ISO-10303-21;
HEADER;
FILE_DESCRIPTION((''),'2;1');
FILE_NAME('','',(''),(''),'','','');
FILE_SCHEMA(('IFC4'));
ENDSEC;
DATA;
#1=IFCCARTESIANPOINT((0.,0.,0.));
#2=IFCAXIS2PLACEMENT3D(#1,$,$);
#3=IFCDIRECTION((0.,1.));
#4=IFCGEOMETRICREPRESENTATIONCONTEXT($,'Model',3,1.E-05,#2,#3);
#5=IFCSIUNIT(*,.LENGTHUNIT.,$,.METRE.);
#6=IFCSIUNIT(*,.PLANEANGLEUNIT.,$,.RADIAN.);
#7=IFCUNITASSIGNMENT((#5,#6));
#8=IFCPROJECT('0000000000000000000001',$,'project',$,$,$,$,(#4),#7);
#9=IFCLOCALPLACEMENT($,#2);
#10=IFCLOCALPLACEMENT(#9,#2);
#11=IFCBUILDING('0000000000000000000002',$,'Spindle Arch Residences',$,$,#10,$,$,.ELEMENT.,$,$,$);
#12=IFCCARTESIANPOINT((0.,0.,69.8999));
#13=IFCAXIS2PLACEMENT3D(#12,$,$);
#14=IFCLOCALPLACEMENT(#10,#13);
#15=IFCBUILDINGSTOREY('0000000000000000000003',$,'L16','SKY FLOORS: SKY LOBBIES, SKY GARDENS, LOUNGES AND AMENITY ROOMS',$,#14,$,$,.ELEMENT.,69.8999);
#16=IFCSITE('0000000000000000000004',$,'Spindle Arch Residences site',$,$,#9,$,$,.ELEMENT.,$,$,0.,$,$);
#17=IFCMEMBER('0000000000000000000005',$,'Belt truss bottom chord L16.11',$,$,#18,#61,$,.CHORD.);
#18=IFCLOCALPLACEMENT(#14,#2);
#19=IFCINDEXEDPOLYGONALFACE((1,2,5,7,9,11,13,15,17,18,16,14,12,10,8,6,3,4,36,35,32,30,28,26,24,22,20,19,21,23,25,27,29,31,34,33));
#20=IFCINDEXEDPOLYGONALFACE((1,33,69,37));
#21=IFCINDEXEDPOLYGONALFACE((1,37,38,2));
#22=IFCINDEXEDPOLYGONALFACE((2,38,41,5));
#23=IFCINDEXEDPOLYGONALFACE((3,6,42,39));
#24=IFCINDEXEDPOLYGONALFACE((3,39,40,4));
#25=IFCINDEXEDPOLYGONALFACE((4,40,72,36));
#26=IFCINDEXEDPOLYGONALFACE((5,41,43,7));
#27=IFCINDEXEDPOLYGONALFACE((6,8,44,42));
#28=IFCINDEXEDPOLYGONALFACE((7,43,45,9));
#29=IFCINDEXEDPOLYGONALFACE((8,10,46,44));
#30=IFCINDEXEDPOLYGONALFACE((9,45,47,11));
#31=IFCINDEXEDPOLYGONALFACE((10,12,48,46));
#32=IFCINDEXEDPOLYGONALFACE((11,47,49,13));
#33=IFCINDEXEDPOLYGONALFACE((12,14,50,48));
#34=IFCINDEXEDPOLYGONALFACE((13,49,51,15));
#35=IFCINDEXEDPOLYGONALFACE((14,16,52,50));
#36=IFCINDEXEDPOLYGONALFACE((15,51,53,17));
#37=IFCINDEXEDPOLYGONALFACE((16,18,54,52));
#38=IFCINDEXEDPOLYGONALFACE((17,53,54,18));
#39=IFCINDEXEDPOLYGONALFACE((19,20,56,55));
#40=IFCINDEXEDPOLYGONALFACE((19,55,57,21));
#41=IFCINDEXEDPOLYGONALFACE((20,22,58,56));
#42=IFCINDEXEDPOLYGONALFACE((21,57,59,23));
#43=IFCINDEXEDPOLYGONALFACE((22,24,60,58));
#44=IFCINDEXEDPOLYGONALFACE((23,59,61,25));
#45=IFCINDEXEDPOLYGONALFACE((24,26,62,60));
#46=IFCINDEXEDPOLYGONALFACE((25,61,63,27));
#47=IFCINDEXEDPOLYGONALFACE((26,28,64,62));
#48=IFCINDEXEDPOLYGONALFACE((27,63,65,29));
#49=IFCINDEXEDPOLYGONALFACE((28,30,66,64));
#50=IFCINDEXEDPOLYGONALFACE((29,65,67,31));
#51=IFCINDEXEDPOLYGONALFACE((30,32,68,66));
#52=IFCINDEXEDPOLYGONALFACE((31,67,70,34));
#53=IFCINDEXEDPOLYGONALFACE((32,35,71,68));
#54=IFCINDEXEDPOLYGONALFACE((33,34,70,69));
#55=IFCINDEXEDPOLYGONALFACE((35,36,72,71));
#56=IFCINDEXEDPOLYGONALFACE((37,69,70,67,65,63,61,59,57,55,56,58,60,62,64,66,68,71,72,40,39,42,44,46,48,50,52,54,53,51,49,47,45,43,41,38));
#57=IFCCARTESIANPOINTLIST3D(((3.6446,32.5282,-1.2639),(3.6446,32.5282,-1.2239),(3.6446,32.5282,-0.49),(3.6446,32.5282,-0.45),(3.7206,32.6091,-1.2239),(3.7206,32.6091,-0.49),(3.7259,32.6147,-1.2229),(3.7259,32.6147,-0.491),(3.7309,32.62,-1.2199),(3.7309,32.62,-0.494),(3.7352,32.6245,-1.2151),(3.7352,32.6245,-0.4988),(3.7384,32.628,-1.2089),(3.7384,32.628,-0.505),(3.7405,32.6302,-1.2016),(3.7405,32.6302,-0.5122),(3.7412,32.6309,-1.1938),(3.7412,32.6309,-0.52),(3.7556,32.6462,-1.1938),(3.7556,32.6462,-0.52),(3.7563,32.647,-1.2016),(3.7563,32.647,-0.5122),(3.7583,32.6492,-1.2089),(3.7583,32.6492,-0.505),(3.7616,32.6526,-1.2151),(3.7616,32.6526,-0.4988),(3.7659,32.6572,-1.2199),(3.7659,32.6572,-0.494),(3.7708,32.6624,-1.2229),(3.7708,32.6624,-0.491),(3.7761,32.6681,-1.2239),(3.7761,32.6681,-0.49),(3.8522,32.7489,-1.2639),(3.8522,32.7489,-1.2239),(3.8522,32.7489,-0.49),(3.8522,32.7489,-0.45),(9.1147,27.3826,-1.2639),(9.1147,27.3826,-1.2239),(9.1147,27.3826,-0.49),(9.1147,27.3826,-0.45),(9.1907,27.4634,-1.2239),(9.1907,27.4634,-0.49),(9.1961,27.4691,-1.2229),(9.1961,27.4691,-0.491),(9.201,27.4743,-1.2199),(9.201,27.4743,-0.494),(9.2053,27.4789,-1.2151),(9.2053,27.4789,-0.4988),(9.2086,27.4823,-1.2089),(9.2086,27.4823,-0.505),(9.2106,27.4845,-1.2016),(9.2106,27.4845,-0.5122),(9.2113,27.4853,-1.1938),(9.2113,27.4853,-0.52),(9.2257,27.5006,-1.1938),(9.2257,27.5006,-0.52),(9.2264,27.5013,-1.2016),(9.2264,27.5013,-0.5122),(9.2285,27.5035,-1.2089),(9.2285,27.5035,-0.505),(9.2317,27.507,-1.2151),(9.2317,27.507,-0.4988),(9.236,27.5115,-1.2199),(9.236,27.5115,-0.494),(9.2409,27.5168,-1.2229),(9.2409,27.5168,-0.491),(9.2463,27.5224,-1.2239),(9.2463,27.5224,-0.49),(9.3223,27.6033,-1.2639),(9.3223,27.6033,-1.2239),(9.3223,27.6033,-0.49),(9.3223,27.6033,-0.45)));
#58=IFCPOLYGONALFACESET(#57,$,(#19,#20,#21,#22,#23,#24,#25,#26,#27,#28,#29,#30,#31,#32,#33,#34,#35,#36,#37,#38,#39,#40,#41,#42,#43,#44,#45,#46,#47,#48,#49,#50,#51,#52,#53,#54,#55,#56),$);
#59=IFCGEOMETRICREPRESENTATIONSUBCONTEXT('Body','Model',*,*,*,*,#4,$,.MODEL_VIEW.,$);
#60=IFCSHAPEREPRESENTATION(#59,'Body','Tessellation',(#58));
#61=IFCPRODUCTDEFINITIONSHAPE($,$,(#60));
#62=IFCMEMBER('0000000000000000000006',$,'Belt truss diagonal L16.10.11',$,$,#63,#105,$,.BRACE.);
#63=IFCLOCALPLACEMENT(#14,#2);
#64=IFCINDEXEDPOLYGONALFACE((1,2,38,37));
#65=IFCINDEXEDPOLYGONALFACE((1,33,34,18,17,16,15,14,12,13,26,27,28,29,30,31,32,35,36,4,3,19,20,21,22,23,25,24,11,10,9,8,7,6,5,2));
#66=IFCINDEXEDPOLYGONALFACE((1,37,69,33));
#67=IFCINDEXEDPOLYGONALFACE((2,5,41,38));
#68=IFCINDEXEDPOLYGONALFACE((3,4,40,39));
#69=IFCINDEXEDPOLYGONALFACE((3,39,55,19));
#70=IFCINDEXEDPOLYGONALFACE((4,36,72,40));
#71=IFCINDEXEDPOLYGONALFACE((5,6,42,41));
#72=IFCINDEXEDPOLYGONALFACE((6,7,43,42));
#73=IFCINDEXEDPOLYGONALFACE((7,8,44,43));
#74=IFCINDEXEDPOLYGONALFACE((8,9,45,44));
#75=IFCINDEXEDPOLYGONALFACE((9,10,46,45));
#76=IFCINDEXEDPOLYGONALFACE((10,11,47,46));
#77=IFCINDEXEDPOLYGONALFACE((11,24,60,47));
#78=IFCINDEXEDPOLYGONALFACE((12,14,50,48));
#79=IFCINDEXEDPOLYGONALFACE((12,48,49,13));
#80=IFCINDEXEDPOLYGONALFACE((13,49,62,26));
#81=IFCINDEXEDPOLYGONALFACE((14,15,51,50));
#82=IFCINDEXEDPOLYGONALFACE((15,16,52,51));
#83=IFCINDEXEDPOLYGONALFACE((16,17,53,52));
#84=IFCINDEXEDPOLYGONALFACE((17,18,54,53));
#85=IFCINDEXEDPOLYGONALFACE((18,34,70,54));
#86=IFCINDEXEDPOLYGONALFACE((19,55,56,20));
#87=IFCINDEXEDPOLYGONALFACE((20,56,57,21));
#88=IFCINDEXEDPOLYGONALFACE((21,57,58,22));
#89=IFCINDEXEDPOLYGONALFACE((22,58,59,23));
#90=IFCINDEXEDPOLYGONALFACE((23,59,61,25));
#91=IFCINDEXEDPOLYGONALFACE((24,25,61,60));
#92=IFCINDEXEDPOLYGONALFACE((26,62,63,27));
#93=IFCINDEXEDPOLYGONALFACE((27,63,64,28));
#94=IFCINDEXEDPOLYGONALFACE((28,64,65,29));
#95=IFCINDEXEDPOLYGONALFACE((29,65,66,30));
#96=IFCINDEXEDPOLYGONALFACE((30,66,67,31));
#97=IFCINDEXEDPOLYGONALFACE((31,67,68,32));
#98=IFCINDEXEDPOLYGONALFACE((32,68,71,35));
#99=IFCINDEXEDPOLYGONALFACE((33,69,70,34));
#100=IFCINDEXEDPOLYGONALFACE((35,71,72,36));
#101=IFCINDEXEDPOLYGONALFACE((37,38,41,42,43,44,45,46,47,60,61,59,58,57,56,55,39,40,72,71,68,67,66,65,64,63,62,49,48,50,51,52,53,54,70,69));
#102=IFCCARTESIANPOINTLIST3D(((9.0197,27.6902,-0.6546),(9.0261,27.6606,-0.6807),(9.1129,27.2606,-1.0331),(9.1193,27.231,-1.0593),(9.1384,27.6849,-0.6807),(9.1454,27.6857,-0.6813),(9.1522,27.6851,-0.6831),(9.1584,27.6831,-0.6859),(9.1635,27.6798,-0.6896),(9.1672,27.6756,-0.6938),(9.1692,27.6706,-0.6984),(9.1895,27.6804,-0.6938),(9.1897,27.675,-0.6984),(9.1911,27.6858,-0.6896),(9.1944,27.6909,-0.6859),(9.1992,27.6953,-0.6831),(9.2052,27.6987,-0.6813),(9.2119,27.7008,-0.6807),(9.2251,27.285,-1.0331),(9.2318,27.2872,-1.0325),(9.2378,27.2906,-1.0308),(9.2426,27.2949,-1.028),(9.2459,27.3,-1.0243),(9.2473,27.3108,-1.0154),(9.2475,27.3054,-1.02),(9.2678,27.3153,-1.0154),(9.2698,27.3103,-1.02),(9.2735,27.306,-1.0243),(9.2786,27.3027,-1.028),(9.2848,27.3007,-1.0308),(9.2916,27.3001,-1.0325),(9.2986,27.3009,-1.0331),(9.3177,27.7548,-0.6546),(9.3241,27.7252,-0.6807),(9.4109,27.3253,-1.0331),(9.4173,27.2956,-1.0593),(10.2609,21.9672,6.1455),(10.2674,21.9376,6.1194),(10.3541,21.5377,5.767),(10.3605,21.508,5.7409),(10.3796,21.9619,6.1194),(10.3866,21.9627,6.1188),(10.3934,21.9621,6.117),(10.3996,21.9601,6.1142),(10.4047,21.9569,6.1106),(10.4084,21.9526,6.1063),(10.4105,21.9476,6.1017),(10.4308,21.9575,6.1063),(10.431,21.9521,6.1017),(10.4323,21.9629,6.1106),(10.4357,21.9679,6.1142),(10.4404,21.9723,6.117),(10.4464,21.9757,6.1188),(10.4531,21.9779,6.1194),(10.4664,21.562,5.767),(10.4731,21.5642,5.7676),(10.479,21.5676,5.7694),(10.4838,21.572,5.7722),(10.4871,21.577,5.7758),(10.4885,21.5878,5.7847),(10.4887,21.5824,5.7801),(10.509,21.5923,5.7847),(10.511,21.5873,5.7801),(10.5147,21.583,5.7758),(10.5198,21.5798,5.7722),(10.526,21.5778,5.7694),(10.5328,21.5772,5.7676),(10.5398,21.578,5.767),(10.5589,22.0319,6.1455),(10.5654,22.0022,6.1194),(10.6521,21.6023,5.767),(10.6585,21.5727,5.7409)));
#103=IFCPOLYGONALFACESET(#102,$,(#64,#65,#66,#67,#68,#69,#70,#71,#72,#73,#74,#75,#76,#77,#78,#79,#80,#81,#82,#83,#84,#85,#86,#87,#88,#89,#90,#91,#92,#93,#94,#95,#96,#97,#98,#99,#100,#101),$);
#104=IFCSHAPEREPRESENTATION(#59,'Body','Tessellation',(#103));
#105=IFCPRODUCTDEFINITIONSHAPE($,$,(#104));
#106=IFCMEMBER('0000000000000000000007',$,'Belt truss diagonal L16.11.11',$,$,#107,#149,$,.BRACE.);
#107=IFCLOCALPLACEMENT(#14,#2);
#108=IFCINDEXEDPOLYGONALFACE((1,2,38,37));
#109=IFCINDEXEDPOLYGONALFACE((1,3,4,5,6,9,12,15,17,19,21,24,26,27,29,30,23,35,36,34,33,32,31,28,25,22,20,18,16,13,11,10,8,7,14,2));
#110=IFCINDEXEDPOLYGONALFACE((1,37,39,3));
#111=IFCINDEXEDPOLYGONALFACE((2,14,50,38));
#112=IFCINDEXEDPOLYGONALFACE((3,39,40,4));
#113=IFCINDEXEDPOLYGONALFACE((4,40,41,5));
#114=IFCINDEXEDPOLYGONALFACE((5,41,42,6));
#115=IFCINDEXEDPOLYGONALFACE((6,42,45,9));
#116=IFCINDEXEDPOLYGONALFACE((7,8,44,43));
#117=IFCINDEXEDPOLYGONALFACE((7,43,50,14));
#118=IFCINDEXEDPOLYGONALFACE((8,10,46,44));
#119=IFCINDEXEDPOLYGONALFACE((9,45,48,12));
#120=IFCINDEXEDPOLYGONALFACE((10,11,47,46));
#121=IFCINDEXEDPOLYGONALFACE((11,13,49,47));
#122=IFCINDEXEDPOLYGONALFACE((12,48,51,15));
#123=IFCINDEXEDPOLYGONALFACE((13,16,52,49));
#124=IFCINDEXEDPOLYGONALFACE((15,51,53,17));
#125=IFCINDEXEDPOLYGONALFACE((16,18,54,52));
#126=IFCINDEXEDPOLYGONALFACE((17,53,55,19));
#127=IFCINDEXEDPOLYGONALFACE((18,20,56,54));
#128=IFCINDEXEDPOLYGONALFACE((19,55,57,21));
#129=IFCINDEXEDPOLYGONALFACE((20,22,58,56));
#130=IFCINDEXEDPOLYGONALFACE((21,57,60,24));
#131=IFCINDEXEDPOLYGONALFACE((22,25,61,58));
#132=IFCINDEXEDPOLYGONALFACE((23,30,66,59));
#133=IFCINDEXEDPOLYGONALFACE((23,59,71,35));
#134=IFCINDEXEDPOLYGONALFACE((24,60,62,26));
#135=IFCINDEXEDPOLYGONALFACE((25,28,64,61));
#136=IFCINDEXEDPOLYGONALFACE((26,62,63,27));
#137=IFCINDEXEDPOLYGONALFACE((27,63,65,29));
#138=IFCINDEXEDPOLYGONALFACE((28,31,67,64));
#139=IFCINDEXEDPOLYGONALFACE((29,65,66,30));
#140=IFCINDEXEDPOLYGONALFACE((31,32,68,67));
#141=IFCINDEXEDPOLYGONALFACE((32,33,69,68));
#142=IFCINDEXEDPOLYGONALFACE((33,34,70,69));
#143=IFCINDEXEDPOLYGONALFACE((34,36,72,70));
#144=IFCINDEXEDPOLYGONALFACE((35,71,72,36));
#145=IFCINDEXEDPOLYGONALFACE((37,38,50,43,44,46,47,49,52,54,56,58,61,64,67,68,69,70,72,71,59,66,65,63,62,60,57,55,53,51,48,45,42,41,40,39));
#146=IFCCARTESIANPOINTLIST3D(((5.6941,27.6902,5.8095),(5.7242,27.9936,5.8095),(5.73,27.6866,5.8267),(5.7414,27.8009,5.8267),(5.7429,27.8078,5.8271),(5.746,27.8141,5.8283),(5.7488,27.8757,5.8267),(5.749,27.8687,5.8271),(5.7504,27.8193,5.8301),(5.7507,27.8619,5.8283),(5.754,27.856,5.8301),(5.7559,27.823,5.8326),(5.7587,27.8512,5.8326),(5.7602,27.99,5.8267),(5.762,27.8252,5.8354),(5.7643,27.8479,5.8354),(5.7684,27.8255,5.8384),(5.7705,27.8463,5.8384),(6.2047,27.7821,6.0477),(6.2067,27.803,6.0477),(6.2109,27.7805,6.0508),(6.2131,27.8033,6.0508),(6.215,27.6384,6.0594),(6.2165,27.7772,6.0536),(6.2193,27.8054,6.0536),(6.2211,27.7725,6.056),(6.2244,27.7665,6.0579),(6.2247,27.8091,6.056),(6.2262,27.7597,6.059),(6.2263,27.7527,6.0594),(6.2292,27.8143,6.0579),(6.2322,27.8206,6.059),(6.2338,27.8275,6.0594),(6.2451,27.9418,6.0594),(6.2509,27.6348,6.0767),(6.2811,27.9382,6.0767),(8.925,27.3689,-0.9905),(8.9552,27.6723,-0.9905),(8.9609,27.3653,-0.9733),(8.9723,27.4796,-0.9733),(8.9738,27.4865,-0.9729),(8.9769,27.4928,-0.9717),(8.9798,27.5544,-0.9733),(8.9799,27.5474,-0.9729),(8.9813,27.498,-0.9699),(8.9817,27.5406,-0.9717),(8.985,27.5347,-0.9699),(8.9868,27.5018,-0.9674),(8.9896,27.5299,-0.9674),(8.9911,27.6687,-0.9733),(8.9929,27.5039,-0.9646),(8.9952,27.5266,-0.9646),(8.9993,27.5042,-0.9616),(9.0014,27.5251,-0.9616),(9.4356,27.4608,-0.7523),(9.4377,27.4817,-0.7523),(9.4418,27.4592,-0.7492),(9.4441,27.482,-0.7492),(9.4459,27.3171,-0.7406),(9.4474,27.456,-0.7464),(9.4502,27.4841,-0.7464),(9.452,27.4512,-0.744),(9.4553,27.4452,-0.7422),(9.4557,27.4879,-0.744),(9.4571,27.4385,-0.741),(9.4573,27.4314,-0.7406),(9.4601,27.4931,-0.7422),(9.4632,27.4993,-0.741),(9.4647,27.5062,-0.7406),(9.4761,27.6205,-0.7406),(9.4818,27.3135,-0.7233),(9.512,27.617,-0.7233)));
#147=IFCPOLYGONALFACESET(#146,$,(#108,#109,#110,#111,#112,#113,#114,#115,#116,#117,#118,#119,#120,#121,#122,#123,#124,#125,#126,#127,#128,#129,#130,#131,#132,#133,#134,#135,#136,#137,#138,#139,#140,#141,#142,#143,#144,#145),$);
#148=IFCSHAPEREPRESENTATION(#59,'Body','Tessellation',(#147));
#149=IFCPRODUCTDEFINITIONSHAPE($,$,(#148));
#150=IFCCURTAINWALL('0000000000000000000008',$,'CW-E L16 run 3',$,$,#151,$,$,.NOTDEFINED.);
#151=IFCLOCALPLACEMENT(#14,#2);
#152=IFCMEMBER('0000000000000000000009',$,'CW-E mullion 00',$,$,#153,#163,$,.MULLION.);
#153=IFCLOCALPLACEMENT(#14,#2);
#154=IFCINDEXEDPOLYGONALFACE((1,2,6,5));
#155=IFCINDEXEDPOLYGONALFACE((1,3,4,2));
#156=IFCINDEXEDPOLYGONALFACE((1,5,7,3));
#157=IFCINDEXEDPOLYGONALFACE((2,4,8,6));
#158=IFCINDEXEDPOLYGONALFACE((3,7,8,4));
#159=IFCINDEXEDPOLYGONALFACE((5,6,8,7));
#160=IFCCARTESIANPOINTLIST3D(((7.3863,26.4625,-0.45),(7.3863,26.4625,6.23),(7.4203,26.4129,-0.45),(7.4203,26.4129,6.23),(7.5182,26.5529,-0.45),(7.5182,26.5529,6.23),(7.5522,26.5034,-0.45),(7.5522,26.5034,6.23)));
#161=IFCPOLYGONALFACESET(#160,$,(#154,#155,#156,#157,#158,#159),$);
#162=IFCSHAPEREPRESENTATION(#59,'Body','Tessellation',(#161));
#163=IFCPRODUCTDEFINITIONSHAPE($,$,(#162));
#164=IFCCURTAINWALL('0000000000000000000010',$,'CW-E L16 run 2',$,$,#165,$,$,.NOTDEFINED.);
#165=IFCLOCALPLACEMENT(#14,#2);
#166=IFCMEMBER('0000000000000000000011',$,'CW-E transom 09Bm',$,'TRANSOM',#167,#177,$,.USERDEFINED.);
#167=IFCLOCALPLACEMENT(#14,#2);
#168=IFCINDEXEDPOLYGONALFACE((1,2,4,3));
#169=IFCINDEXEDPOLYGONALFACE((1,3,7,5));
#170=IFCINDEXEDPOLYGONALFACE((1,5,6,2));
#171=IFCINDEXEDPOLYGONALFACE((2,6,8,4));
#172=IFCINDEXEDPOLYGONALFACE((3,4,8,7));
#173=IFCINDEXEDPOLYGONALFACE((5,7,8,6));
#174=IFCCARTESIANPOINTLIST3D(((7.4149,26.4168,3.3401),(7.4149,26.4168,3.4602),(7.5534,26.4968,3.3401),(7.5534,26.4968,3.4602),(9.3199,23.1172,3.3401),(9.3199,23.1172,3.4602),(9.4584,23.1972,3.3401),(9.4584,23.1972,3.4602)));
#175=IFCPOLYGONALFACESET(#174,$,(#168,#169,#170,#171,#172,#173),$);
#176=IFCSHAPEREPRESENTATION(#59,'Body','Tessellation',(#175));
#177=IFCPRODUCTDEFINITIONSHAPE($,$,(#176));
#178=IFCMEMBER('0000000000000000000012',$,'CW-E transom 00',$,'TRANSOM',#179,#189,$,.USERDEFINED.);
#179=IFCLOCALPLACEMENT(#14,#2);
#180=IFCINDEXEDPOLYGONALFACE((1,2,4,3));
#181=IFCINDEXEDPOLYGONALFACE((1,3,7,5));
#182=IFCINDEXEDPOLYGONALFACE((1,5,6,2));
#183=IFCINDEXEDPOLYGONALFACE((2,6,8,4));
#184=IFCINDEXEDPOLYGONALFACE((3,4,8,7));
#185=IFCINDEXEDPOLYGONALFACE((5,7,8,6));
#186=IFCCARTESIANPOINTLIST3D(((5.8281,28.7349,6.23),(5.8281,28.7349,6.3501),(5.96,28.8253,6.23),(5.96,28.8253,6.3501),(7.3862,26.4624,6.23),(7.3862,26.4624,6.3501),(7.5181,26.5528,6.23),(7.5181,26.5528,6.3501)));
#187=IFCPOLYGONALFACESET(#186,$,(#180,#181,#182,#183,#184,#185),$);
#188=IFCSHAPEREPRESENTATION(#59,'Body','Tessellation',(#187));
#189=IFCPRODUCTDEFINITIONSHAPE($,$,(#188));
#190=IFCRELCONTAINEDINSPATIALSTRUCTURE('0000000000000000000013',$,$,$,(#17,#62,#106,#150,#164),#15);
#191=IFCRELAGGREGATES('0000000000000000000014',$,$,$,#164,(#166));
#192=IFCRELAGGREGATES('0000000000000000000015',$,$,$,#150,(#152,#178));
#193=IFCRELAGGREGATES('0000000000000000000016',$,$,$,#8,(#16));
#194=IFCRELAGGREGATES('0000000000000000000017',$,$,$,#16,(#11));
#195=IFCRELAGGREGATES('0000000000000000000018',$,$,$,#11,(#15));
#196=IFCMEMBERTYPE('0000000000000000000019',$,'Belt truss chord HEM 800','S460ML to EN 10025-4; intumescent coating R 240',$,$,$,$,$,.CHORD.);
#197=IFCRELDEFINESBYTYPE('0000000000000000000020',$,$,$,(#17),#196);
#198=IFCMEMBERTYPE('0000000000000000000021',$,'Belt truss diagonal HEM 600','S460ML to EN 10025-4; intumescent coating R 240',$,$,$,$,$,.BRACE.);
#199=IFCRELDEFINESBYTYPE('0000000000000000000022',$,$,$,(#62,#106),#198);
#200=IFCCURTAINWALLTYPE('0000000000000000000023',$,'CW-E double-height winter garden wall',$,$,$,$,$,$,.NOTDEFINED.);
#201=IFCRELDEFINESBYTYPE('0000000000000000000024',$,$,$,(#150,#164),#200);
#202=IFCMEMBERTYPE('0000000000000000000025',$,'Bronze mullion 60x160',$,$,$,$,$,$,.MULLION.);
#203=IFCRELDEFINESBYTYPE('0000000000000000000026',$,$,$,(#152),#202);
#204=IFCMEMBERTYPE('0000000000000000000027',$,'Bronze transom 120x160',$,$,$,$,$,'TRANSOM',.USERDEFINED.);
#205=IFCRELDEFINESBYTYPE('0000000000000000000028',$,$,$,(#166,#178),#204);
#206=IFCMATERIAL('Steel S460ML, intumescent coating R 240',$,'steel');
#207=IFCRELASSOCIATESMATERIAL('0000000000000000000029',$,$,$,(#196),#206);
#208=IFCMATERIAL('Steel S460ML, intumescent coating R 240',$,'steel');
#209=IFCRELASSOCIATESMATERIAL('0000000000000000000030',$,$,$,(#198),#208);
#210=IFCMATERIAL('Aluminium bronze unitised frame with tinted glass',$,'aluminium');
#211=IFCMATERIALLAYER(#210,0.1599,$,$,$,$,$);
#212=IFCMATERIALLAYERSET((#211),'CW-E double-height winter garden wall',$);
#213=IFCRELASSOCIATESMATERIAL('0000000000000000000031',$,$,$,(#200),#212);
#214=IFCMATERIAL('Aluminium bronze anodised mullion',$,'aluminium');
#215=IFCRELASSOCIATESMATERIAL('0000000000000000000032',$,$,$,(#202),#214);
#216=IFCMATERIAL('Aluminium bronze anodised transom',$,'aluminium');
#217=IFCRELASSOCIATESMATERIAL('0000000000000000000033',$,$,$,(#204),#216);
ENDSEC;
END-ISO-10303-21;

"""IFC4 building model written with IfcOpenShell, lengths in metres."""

from ifc_helpers import new_model, si_unit, direction, frame, origin, origin_2d, place, context, subcontext, project, spatial, rectangle, i_section, extrude, material, layer, layer_set, material_profile, profile_set, type_object, element, aggregate, save


model = new_model("IFC4")

# Units and contexts
model_context = context("Model", 3, precision=1e-05, world=origin(), true_north=direction((0.0, 1.0)))
body_context = subcontext(model_context, "Body", "Model", "MODEL_VIEW")
ifc_project = project(units=[si_unit("LENGTHUNIT", "METRE"), si_unit("PLANEANGLEUNIT", "RADIAN")], contexts=[model_context])

# Site, building, storey
site_placement = place(None, origin())
site = spatial("IfcSite", under=ifc_project, at=site_placement, Name="Spindle Arch Residences site", CompositionType="ELEMENT", RefElevation=0.0)
building_placement = place(site_placement, origin())
building = spatial("IfcBuilding", under=site, at=building_placement, Name="Spindle Arch Residences", CompositionType="ELEMENT")
storey_placement = place(building_placement, frame((0.0, 0.0, 69.8999)))
storey = spatial("IfcBuildingStorey", under=building, at=storey_placement, Name="L16", Description="SKY FLOORS: SKY LOBBIES, SKY GARDENS, LOUNGES AND AMENITY ROOMS", CompositionType="ELEMENT", Elevation=69.8999)

# Members
ifc_material_1 = material(Name="Steel S460ML, intumescent coating R 240", Category="steel")
ifc_material_profile_1 = material_profile(ifc_material_1, i_section(OverallWidth=0.303, OverallDepth=0.814, WebThickness=0.021, FlangeThickness=0.04, FilletRadius=0.03, at=origin_2d()), Name="HEM 800")
ifc_profile_set_1 = profile_set([ifc_material_profile_1], Name="Steel S460ML, intumescent coating R 240")
member_type_1 = type_object("IfcMemberType", Name="Belt truss chord HEM 800", Description="S460ML to EN 10025-4; intumescent coating R 240", PredefinedType="CHORD", material=ifc_profile_set_1)
member_1_placement = place(storey_placement, frame((9.2185, 27.4929, -0.8569), z_axis=(-0.728378, 0.685175, 0.0), x_axis=(-0.685175, -0.728378, 0.0)))
element("IfcMember", 1, at=member_1_placement, inside=storey, type_object=member_type_1, Name="Belt truss bottom chord L16.11", PredefinedType="CHORD", context=body_context, shape_type="SweptSolid", body=[
    extrude(i_section(OverallWidth=0.303, OverallDepth=0.814, WebThickness=0.021, FlangeThickness=0.04, FilletRadius=0.03, at=origin_2d()), origin(), (0.0, 0.0, 1.0), 7.51),
])
ifc_material_2 = material(Name="Steel S460ML, intumescent coating R 240", Category="steel")
ifc_material_profile_2 = material_profile(ifc_material_2, i_section(OverallWidth=0.3049, OverallDepth=0.6201, WebThickness=0.021, FlangeThickness=0.04, FilletRadius=0.0271, at=origin_2d()), Name="HEM 600")
ifc_profile_set_2 = profile_set([ifc_material_profile_2], Name="Steel S460ML, intumescent coating R 240")
member_type_2 = type_object("IfcMemberType", Name="Belt truss diagonal HEM 600", Description="S460ML to EN 10025-4; intumescent coating R 240", PredefinedType="BRACE", material=ifc_profile_set_2)
member_2_placement = place(storey_placement, frame((9.2185, 27.4929, -0.8569), z_axis=(0.138312, -0.637719, 0.757749), x_axis=(0.977279, 0.211957, 0.0)))
element("IfcMember", 2, at=member_2_placement, inside=storey, type_object=member_type_2, Name="Belt truss diagonal L16.10.11", PredefinedType="BRACE", context=body_context, shape_type="SweptSolid", body=[
    extrude(i_section(OverallWidth=0.3049, OverallDepth=0.6201, WebThickness=0.021, FlangeThickness=0.04, FilletRadius=0.0271, at=origin_2d()), origin(), (0.0, 0.0, 1.0), 8.9741),
])
member_3_placement = place(storey_placement, frame((9.2185, 27.4929, -0.8569), z_axis=(-0.428768, 0.042637, 0.902408), x_axis=(-0.098953, -0.995092, 0.0)))
element("IfcMember", 3, at=member_3_placement, inside=storey, type_object=member_type_2, Name="Belt truss diagonal L16.11.11", PredefinedType="BRACE", context=body_context, shape_type="SweptSolid", body=[
    extrude(i_section(OverallWidth=0.3049, OverallDepth=0.6201, WebThickness=0.021, FlangeThickness=0.04, FilletRadius=0.0271, at=origin_2d()), origin(), (0.0, 0.0, 1.0), 7.5354),
])

# Curtain walls, members
ifc_material_3 = material(Name="Aluminium bronze unitised frame with tinted glass", Category="aluminium")
ifc_layer_1 = layer(ifc_material_3, 0.1599)
ifc_layer_set_1 = layer_set([ifc_layer_1], Name="CW-E double-height winter garden wall")
curtain_wall_type = type_object("IfcCurtainWallType", Name="CW-E double-height winter garden wall", PredefinedType="NOTDEFINED", material=ifc_layer_set_1)
curtain_wall_1_placement = place(storey_placement, origin())
curtain_wall_1 = element("IfcCurtainWall", 4, at=curtain_wall_1_placement, inside=storey, type_object=curtain_wall_type, Name="CW-E L16 run 3", PredefinedType="NOTDEFINED")
ifc_material_4 = material(Name="Aluminium bronze anodised mullion", Category="aluminium")
ifc_material_profile_3 = material_profile(ifc_material_4, rectangle(XDim=0.1599, YDim=0.0601, at=origin_2d()), Name="MU 60x160")
ifc_profile_set_3 = profile_set([ifc_material_profile_3], Name="Aluminium bronze anodised mullion")
member_type_3 = type_object("IfcMemberType", Name="Bronze mullion 60x160", PredefinedType="MULLION", material=ifc_profile_set_3)
member_4_placement = place(storey_placement, frame((7.4692, 26.4829, -0.45), z_axis=(0.0, 0.0, 1.0), x_axis=(-0.824748, -0.565501, 0.0)))
member_4 = element("IfcMember", 5, at=member_4_placement, type_object=member_type_3, Name="CW-E mullion 00", PredefinedType="MULLION", context=body_context, shape_type="SweptSolid", body=[
    extrude(rectangle(XDim=0.1599, YDim=0.0601, at=origin_2d()), origin(), (0.0, 0.0, 1.0), 6.6799),
])
curtain_wall_2_placement = place(storey_placement, origin())
curtain_wall_2 = element("IfcCurtainWall", 6, at=curtain_wall_2_placement, inside=storey, type_object=curtain_wall_type, Name="CW-E L16 run 2", PredefinedType="NOTDEFINED")
ifc_material_5 = material(Name="Aluminium bronze anodised transom", Category="aluminium")
ifc_material_profile_4 = material_profile(ifc_material_5, rectangle(XDim=0.1599, YDim=0.1201, at=origin_2d()), Name="TR 120x160")
ifc_profile_set_4 = profile_set([ifc_material_profile_4], Name="Aluminium bronze anodised transom")
member_type_4 = type_object("IfcMemberType", Name="Bronze transom 120x160", ElementType="TRANSOM", PredefinedType="USERDEFINED", material=ifc_profile_set_4)
member_5_placement = place(storey_placement, frame((9.3892, 23.1572, 3.4001), z_axis=(-0.500005, 0.866022, 0.0), x_axis=(-0.866022, -0.500005, 0.0)))
member_5 = element("IfcMember", 7, at=member_5_placement, type_object=member_type_4, Name="CW-E transom 09Bm", ObjectType="TRANSOM", PredefinedType="USERDEFINED", context=body_context, shape_type="SweptSolid", body=[
    extrude(rectangle(XDim=0.1599, YDim=0.1201, at=origin_2d()), origin(), (0.0, 0.0, 1.0), 3.8101),
])

# Member
member_6_placement = place(storey_placement, frame((7.4521, 26.5076, 6.29), z_axis=(-0.56549, 0.824755, 0.0), x_axis=(-0.824755, -0.56549, 0.0)))
member_6 = element("IfcMember", 8, at=member_6_placement, type_object=member_type_4, Name="CW-E transom 00", ObjectType="TRANSOM", PredefinedType="USERDEFINED", context=body_context, shape_type="SweptSolid", body=[
    extrude(rectangle(XDim=0.1599, YDim=0.1201, at=origin_2d()), origin(), (0.0, 0.0, 1.0), 2.7554),
])

aggregate(curtain_wall_2, [member_5])
aggregate(curtain_wall_1, [member_4, member_6])

save(model, "model.ifc")
